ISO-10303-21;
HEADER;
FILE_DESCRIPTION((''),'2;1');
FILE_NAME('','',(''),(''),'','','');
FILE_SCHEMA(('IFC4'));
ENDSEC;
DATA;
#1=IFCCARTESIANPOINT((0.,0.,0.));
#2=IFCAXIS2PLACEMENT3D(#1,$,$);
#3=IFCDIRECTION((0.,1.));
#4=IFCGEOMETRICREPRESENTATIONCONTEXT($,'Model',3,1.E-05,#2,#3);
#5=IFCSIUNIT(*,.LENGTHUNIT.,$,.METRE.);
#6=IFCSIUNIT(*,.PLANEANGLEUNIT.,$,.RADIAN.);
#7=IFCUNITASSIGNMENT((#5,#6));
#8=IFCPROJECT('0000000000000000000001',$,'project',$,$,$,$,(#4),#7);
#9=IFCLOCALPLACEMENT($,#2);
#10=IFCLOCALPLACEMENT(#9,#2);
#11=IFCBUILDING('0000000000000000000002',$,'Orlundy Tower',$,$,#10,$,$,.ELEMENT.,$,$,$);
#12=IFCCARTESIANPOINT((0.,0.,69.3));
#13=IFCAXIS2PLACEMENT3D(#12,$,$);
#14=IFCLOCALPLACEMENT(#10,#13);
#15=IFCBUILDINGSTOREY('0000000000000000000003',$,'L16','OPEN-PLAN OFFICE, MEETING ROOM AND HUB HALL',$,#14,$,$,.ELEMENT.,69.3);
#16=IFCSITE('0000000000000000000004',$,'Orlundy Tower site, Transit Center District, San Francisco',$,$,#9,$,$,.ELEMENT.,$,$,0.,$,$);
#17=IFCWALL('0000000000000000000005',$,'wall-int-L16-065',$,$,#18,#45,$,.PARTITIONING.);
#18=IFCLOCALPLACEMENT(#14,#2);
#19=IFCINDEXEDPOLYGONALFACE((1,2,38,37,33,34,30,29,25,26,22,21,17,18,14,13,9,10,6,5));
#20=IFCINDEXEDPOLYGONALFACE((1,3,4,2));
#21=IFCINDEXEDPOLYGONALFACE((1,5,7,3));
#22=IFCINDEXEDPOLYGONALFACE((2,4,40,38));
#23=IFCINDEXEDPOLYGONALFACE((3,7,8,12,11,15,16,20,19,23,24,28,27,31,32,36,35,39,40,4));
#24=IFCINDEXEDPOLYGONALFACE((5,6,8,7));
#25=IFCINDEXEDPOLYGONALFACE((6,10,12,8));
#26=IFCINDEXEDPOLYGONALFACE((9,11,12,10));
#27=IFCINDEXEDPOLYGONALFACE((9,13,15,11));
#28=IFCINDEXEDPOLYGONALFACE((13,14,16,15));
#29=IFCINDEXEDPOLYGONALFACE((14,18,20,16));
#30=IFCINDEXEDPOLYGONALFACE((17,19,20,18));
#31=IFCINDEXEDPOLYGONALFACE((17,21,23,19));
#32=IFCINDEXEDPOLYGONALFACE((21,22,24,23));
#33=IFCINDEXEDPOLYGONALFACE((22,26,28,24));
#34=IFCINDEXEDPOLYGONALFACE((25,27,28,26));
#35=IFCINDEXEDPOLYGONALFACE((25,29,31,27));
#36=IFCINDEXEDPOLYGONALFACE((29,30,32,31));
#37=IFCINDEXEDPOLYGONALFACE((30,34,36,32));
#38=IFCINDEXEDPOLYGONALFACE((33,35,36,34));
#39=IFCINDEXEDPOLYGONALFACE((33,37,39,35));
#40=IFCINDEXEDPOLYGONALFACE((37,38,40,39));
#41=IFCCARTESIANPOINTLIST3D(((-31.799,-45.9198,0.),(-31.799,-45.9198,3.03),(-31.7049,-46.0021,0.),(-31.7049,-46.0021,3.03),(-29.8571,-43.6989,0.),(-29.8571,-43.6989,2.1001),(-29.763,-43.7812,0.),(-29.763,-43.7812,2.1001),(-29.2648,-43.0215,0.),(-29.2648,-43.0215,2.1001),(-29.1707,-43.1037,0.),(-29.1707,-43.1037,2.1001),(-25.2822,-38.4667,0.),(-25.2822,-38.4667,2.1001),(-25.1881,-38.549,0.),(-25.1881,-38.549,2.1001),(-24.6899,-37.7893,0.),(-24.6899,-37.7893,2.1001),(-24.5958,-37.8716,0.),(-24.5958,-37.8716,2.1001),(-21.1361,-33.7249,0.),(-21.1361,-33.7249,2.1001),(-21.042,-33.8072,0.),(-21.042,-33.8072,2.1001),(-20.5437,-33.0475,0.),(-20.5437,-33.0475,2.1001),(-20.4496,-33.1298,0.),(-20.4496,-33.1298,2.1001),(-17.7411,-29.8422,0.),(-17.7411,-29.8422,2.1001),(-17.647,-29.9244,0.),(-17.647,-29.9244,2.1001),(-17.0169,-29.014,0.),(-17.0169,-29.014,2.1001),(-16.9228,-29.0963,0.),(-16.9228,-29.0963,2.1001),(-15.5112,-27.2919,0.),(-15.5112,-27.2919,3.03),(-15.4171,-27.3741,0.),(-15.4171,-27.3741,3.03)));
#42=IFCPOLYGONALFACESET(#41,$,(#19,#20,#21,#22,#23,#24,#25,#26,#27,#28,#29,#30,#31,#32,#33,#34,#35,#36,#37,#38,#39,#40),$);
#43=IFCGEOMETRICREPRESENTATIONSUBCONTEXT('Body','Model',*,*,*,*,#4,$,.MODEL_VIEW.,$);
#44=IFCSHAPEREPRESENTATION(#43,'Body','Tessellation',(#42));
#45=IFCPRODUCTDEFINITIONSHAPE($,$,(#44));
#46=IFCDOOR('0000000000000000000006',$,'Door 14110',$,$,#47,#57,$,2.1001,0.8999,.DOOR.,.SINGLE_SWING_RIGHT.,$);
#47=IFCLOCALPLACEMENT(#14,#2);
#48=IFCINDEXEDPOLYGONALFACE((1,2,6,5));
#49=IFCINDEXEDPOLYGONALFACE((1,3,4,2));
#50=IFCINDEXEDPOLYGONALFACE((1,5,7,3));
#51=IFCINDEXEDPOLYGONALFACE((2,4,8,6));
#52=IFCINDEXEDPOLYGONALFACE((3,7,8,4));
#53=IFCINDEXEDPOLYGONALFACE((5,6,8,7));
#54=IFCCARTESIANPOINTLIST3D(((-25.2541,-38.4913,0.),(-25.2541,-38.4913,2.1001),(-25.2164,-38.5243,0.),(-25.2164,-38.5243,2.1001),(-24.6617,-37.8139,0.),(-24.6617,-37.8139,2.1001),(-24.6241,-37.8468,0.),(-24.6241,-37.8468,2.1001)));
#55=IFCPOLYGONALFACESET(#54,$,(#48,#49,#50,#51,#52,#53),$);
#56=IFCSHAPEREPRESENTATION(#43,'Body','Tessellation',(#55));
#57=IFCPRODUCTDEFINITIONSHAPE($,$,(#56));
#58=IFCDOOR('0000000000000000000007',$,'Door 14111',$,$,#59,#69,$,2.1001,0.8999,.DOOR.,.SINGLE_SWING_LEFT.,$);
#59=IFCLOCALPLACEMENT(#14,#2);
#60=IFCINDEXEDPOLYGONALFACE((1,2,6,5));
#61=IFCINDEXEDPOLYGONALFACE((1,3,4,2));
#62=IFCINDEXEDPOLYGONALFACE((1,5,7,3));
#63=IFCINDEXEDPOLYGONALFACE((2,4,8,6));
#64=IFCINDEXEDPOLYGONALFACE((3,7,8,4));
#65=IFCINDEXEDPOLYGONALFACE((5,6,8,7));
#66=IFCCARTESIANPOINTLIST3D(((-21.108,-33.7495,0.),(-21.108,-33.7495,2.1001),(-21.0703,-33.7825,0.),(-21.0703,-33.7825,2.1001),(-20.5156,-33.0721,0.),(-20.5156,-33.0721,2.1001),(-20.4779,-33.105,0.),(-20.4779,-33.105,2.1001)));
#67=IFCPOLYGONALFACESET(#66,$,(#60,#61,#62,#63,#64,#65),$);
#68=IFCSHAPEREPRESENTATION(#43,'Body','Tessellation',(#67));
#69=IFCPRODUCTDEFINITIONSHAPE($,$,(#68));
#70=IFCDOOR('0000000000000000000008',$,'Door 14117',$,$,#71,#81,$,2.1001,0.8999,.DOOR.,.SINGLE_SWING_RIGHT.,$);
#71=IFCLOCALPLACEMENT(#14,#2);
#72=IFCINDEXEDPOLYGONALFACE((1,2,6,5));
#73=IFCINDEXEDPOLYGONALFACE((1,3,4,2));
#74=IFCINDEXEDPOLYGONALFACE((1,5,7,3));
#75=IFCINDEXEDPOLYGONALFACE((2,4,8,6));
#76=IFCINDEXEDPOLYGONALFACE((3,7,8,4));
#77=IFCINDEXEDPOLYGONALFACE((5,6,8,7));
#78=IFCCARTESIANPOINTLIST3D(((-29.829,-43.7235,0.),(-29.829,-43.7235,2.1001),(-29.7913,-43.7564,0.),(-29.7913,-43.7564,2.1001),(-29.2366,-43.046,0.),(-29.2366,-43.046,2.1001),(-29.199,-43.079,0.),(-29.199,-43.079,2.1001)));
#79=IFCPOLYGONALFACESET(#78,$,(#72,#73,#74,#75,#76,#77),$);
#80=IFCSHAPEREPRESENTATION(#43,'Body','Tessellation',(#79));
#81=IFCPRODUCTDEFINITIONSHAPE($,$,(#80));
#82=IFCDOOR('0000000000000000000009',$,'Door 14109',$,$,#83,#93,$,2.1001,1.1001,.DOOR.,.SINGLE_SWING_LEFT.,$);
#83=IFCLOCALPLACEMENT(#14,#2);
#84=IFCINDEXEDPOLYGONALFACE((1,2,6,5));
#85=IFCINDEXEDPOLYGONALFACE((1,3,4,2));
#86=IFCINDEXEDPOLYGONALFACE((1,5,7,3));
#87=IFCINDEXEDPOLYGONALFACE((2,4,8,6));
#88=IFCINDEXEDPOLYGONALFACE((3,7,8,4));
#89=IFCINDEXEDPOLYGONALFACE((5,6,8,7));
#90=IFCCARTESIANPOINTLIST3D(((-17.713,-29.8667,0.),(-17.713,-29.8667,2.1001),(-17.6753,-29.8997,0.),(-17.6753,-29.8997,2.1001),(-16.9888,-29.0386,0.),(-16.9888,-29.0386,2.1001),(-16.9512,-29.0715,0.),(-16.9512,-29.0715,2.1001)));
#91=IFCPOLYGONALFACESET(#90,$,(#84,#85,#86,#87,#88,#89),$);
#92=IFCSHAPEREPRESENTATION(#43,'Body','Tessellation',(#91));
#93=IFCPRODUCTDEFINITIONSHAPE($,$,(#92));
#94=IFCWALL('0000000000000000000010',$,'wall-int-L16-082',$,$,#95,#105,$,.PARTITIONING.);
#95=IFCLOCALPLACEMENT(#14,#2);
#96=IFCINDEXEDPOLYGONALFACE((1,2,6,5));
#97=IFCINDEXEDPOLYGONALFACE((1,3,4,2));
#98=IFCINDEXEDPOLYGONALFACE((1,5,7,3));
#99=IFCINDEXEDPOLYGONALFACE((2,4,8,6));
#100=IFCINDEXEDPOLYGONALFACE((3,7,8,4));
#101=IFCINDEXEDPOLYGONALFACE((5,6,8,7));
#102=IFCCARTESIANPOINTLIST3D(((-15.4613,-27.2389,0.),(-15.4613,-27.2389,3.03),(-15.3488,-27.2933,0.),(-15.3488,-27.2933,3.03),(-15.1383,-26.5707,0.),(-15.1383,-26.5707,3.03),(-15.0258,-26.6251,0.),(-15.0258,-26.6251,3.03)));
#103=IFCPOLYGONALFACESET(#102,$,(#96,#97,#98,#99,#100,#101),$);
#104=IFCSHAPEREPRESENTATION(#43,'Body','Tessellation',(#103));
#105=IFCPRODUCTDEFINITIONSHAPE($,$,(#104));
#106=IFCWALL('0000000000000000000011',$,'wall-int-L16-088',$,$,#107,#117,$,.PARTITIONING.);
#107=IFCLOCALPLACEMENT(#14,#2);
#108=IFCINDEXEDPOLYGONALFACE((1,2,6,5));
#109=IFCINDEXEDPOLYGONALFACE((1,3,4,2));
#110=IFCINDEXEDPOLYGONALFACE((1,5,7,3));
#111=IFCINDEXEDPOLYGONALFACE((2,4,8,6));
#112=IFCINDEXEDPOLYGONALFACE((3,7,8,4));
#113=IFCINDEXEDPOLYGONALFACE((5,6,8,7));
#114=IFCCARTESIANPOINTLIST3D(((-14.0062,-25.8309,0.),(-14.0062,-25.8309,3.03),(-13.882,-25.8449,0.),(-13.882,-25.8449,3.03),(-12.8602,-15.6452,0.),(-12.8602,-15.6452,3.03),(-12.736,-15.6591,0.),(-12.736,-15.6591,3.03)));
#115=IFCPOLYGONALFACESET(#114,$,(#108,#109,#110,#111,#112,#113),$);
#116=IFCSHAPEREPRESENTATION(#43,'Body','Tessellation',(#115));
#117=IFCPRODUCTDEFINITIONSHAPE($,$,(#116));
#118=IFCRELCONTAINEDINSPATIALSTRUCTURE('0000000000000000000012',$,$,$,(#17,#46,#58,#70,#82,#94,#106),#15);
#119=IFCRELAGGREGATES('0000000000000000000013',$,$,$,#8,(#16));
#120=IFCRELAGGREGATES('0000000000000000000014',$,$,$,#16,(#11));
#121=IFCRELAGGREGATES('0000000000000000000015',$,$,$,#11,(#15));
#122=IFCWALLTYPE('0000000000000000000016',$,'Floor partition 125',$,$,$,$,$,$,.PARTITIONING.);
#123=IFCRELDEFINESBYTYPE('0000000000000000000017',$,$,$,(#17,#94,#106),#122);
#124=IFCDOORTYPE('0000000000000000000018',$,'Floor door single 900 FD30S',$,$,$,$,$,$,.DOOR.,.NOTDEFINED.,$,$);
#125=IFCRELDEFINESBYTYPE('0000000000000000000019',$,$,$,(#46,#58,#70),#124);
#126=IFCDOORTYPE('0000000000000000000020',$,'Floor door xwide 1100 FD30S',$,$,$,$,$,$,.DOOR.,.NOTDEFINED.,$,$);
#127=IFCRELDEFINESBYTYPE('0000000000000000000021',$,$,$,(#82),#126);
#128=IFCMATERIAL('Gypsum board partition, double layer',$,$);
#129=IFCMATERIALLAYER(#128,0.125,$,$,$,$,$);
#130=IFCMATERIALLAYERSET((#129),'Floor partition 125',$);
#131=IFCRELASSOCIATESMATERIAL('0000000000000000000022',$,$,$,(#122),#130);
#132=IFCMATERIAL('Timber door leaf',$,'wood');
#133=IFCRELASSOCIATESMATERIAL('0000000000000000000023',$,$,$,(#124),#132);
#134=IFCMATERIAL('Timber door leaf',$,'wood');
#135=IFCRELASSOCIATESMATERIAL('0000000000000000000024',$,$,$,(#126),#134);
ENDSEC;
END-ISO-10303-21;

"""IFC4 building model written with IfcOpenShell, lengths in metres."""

from ifc_helpers import new_model, si_unit, direction, frame, frame_2d, origin, place, context, subcontext, project, spatial, rectangle, extrude, material, layer, layer_set, type_object, element, fill, save


model = new_model("IFC4")

# Units and contexts
model_context = context("Model", 3, precision=1e-05, world=origin(), true_north=direction((0.0, 1.0)))
body_context = subcontext(model_context, "Body", "Model", "MODEL_VIEW")
ifc_project = project(units=[si_unit("LENGTHUNIT", "METRE"), si_unit("PLANEANGLEUNIT", "RADIAN")], contexts=[model_context])

# Site, building, storey
site_placement = place(None, origin())
site = spatial("IfcSite", under=ifc_project, at=site_placement, Name="Orlundy Tower site, Transit Center District, San Francisco", CompositionType="ELEMENT", RefElevation=0.0)
building_placement = place(site_placement, origin())
building = spatial("IfcBuilding", under=site, at=building_placement, Name="Orlundy Tower", CompositionType="ELEMENT")
storey_placement = place(building_placement, frame((0.0, 0.0, 69.3)))
storey = spatial("IfcBuildingStorey", under=building, at=storey_placement, Name="L16", Description="OPEN-PLAN OFFICE, MEETING ROOM AND HUB HALL", CompositionType="ELEMENT", Elevation=69.3)

# Shared definitions
ifc_material_1 = material(Name="Gypsum board partition, double layer")
ifc_layer_1 = layer(ifc_material_1, 0.125)
ifc_layer_set_1 = layer_set([ifc_layer_1], Name="Floor partition 125")
wall_type_1 = type_object("IfcWallType", Name="Floor partition 125", PredefinedType="PARTITIONING", material=ifc_layer_set_1)

# Wall, openings, doors
wall_1_placement = place(storey_placement, frame((-15.4641, -27.333, 0.0), z_axis=(0.0, 0.0, 1.0), x_axis=(-0.658239, -0.752809, 0.0)))
wall_1 = element("IfcWall", 1, at=wall_1_placement, inside=storey, type_object=wall_type_1, Name="wall-int-L16-065", PredefinedType="PARTITIONING", context=body_context, shape_type="SweptSolid", body=[
    extrude(rectangle(XDim=24.7446, YDim=0.125, at=frame_2d((12.3723, 0.0))), origin(), (0.0, 0.0, 1.0), 3.03),
])
opening_1_placement = place(wall_1_placement, frame((2.2876, 0.0, 0.0)))
opening_1 = element("IfcOpeningElement", 2, at=opening_1_placement, cuts=wall_1, PredefinedType="OPENING", context=body_context, shape_type="SweptSolid", body=[
    extrude(rectangle(XDim=1.1001, YDim=2.1001, at=frame_2d((0.55, 1.05))), frame((0.0, 0.0725, 0.0), z_axis=(0.0, -1.0, 0.0), x_axis=(1.0, 0.0, 0.0)), (0.0, 0.0, 1.0), 0.145),
])
opening_2_placement = place(wall_1_placement, frame((13.9443, 0.0, 0.0)))
opening_2 = element("IfcOpeningElement", 3, at=opening_2_placement, cuts=wall_1, PredefinedType="OPENING", context=body_context, shape_type="SweptSolid", body=[
    extrude(rectangle(XDim=0.8999, YDim=2.1001, at=frame_2d((0.45, 1.05))), frame((0.0, 0.0725, 0.0), z_axis=(0.0, -1.0, 0.0), x_axis=(1.0, 0.0, 0.0)), (0.0, 0.0, 1.0), 0.145),
])
opening_3_placement = place(wall_1_placement, frame((7.6455, 0.0, 0.0)))
opening_3 = element("IfcOpeningElement", 4, at=opening_3_placement, cuts=wall_1, PredefinedType="OPENING", context=body_context, shape_type="SweptSolid", body=[
    extrude(rectangle(XDim=0.8999, YDim=2.1001, at=frame_2d((0.45, 1.05))), frame((0.0, 0.0725, 0.0), z_axis=(0.0, -1.0, 0.0), x_axis=(1.0, 0.0, 0.0)), (0.0, 0.0, 1.0), 0.145),
])
opening_4_placement = place(wall_1_placement, frame((20.8945, 0.0, 0.0)))
opening_4 = element("IfcOpeningElement", 5, at=opening_4_placement, cuts=wall_1, PredefinedType="OPENING", context=body_context, shape_type="SweptSolid", body=[
    extrude(rectangle(XDim=0.8999, YDim=2.1001, at=frame_2d((0.45, 1.05))), frame((0.0, 0.0725, 0.0), z_axis=(0.0, -1.0, 0.0), x_axis=(1.0, 0.0, 0.0)), (0.0, 0.0, 1.0), 0.145),
])
ifc_material_2 = material(Name="Timber door leaf", Category="wood")
door_type_1 = type_object("IfcDoorType", Name="Floor door single 900 FD30S", OperationType="NOTDEFINED", PredefinedType="DOOR", material=ifc_material_2)
door_1_placement = place(opening_2_placement, origin())
door_1 = element("IfcDoor", 6, at=door_1_placement, inside=storey, type_object=door_type_1, Name="Door 14110", OperationType="SINGLE_SWING_RIGHT", OverallHeight=2.1001, OverallWidth=0.8999, PredefinedType="DOOR", context=body_context, shape_type="SweptSolid", body=[
    extrude(rectangle(XDim=0.8999, YDim=2.1001, at=frame_2d((0.45, 1.05))), frame((0.0, 0.0249, 0.0), z_axis=(0.0, -1.0, 0.0), x_axis=(1.0, 0.0, 0.0)), (0.0, 0.0, 1.0), 0.05),
])
fill(opening_2, door_1)
door_2_placement = place(opening_3_placement, origin())
door_2 = element("IfcDoor", 7, at=door_2_placement, inside=storey, type_object=door_type_1, Name="Door 14111", OperationType="SINGLE_SWING_LEFT", OverallHeight=2.1001, OverallWidth=0.8999, PredefinedType="DOOR", context=body_context, shape_type="SweptSolid", body=[
    extrude(rectangle(XDim=0.8999, YDim=2.1001, at=frame_2d((0.45, 1.05))), frame((0.0, 0.0249, 0.0), z_axis=(0.0, -1.0, 0.0), x_axis=(1.0, 0.0, 0.0)), (0.0, 0.0, 1.0), 0.05),
])
fill(opening_3, door_2)
door_3_placement = place(opening_4_placement, origin())
door_3 = element("IfcDoor", 8, at=door_3_placement, inside=storey, type_object=door_type_1, Name="Door 14117", OperationType="SINGLE_SWING_RIGHT", OverallHeight=2.1001, OverallWidth=0.8999, PredefinedType="DOOR", context=body_context, shape_type="SweptSolid", body=[
    extrude(rectangle(XDim=0.8999, YDim=2.1001, at=frame_2d((0.45, 1.05))), frame((0.0, 0.0249, 0.0), z_axis=(0.0, -1.0, 0.0), x_axis=(1.0, 0.0, 0.0)), (0.0, 0.0, 1.0), 0.05),
])
fill(opening_4, door_3)
ifc_material_3 = material(Name="Timber door leaf", Category="wood")
door_type_2 = type_object("IfcDoorType", Name="Floor door xwide 1100 FD30S", OperationType="NOTDEFINED", PredefinedType="DOOR", material=ifc_material_3)
door_4_placement = place(opening_1_placement, origin())
door_4 = element("IfcDoor", 9, at=door_4_placement, inside=storey, type_object=door_type_2, Name="Door 14109", OperationType="SINGLE_SWING_LEFT", OverallHeight=2.1001, OverallWidth=1.1001, PredefinedType="DOOR", context=body_context, shape_type="SweptSolid", body=[
    extrude(rectangle(XDim=1.1001, YDim=2.1001, at=frame_2d((0.55, 1.05))), frame((0.0, 0.0249, 0.0), z_axis=(0.0, -1.0, 0.0), x_axis=(1.0, 0.0, 0.0)), (0.0, 0.0, 1.0), 0.05),
])
fill(opening_1, door_4)

# Walls
wall_2_placement = place(storey_placement, frame((-15.405, -27.2661, 0.0), z_axis=(0.0, 0.0, 1.0), x_axis=(0.4352, 0.900334, 0.0)))
element("IfcWall", 10, at=wall_2_placement, inside=storey, type_object=wall_type_1, Name="wall-int-L16-082", PredefinedType="PARTITIONING", context=body_context, shape_type="SweptSolid", body=[
    extrude(rectangle(XDim=0.7422, YDim=0.125, at=frame_2d((0.3711, 0.0))), origin(), (0.0, 0.0, 1.0), 3.03),
])
wall_3_placement = place(storey_placement, frame((-13.9441, -25.8379, 0.0), z_axis=(0.0, 0.0, 1.0), x_axis=(0.111804, 0.99373, 0.0)))
element("IfcWall", 11, at=wall_3_placement, inside=storey, type_object=wall_type_1, Name="wall-int-L16-088", PredefinedType="PARTITIONING", context=body_context, shape_type="SweptSolid", body=[
    extrude(rectangle(XDim=10.25, YDim=0.125, at=frame_2d((5.125, 0.0))), origin(), (0.0, 0.0, 1.0), 3.03),
])

save(model, "model.ifc")
